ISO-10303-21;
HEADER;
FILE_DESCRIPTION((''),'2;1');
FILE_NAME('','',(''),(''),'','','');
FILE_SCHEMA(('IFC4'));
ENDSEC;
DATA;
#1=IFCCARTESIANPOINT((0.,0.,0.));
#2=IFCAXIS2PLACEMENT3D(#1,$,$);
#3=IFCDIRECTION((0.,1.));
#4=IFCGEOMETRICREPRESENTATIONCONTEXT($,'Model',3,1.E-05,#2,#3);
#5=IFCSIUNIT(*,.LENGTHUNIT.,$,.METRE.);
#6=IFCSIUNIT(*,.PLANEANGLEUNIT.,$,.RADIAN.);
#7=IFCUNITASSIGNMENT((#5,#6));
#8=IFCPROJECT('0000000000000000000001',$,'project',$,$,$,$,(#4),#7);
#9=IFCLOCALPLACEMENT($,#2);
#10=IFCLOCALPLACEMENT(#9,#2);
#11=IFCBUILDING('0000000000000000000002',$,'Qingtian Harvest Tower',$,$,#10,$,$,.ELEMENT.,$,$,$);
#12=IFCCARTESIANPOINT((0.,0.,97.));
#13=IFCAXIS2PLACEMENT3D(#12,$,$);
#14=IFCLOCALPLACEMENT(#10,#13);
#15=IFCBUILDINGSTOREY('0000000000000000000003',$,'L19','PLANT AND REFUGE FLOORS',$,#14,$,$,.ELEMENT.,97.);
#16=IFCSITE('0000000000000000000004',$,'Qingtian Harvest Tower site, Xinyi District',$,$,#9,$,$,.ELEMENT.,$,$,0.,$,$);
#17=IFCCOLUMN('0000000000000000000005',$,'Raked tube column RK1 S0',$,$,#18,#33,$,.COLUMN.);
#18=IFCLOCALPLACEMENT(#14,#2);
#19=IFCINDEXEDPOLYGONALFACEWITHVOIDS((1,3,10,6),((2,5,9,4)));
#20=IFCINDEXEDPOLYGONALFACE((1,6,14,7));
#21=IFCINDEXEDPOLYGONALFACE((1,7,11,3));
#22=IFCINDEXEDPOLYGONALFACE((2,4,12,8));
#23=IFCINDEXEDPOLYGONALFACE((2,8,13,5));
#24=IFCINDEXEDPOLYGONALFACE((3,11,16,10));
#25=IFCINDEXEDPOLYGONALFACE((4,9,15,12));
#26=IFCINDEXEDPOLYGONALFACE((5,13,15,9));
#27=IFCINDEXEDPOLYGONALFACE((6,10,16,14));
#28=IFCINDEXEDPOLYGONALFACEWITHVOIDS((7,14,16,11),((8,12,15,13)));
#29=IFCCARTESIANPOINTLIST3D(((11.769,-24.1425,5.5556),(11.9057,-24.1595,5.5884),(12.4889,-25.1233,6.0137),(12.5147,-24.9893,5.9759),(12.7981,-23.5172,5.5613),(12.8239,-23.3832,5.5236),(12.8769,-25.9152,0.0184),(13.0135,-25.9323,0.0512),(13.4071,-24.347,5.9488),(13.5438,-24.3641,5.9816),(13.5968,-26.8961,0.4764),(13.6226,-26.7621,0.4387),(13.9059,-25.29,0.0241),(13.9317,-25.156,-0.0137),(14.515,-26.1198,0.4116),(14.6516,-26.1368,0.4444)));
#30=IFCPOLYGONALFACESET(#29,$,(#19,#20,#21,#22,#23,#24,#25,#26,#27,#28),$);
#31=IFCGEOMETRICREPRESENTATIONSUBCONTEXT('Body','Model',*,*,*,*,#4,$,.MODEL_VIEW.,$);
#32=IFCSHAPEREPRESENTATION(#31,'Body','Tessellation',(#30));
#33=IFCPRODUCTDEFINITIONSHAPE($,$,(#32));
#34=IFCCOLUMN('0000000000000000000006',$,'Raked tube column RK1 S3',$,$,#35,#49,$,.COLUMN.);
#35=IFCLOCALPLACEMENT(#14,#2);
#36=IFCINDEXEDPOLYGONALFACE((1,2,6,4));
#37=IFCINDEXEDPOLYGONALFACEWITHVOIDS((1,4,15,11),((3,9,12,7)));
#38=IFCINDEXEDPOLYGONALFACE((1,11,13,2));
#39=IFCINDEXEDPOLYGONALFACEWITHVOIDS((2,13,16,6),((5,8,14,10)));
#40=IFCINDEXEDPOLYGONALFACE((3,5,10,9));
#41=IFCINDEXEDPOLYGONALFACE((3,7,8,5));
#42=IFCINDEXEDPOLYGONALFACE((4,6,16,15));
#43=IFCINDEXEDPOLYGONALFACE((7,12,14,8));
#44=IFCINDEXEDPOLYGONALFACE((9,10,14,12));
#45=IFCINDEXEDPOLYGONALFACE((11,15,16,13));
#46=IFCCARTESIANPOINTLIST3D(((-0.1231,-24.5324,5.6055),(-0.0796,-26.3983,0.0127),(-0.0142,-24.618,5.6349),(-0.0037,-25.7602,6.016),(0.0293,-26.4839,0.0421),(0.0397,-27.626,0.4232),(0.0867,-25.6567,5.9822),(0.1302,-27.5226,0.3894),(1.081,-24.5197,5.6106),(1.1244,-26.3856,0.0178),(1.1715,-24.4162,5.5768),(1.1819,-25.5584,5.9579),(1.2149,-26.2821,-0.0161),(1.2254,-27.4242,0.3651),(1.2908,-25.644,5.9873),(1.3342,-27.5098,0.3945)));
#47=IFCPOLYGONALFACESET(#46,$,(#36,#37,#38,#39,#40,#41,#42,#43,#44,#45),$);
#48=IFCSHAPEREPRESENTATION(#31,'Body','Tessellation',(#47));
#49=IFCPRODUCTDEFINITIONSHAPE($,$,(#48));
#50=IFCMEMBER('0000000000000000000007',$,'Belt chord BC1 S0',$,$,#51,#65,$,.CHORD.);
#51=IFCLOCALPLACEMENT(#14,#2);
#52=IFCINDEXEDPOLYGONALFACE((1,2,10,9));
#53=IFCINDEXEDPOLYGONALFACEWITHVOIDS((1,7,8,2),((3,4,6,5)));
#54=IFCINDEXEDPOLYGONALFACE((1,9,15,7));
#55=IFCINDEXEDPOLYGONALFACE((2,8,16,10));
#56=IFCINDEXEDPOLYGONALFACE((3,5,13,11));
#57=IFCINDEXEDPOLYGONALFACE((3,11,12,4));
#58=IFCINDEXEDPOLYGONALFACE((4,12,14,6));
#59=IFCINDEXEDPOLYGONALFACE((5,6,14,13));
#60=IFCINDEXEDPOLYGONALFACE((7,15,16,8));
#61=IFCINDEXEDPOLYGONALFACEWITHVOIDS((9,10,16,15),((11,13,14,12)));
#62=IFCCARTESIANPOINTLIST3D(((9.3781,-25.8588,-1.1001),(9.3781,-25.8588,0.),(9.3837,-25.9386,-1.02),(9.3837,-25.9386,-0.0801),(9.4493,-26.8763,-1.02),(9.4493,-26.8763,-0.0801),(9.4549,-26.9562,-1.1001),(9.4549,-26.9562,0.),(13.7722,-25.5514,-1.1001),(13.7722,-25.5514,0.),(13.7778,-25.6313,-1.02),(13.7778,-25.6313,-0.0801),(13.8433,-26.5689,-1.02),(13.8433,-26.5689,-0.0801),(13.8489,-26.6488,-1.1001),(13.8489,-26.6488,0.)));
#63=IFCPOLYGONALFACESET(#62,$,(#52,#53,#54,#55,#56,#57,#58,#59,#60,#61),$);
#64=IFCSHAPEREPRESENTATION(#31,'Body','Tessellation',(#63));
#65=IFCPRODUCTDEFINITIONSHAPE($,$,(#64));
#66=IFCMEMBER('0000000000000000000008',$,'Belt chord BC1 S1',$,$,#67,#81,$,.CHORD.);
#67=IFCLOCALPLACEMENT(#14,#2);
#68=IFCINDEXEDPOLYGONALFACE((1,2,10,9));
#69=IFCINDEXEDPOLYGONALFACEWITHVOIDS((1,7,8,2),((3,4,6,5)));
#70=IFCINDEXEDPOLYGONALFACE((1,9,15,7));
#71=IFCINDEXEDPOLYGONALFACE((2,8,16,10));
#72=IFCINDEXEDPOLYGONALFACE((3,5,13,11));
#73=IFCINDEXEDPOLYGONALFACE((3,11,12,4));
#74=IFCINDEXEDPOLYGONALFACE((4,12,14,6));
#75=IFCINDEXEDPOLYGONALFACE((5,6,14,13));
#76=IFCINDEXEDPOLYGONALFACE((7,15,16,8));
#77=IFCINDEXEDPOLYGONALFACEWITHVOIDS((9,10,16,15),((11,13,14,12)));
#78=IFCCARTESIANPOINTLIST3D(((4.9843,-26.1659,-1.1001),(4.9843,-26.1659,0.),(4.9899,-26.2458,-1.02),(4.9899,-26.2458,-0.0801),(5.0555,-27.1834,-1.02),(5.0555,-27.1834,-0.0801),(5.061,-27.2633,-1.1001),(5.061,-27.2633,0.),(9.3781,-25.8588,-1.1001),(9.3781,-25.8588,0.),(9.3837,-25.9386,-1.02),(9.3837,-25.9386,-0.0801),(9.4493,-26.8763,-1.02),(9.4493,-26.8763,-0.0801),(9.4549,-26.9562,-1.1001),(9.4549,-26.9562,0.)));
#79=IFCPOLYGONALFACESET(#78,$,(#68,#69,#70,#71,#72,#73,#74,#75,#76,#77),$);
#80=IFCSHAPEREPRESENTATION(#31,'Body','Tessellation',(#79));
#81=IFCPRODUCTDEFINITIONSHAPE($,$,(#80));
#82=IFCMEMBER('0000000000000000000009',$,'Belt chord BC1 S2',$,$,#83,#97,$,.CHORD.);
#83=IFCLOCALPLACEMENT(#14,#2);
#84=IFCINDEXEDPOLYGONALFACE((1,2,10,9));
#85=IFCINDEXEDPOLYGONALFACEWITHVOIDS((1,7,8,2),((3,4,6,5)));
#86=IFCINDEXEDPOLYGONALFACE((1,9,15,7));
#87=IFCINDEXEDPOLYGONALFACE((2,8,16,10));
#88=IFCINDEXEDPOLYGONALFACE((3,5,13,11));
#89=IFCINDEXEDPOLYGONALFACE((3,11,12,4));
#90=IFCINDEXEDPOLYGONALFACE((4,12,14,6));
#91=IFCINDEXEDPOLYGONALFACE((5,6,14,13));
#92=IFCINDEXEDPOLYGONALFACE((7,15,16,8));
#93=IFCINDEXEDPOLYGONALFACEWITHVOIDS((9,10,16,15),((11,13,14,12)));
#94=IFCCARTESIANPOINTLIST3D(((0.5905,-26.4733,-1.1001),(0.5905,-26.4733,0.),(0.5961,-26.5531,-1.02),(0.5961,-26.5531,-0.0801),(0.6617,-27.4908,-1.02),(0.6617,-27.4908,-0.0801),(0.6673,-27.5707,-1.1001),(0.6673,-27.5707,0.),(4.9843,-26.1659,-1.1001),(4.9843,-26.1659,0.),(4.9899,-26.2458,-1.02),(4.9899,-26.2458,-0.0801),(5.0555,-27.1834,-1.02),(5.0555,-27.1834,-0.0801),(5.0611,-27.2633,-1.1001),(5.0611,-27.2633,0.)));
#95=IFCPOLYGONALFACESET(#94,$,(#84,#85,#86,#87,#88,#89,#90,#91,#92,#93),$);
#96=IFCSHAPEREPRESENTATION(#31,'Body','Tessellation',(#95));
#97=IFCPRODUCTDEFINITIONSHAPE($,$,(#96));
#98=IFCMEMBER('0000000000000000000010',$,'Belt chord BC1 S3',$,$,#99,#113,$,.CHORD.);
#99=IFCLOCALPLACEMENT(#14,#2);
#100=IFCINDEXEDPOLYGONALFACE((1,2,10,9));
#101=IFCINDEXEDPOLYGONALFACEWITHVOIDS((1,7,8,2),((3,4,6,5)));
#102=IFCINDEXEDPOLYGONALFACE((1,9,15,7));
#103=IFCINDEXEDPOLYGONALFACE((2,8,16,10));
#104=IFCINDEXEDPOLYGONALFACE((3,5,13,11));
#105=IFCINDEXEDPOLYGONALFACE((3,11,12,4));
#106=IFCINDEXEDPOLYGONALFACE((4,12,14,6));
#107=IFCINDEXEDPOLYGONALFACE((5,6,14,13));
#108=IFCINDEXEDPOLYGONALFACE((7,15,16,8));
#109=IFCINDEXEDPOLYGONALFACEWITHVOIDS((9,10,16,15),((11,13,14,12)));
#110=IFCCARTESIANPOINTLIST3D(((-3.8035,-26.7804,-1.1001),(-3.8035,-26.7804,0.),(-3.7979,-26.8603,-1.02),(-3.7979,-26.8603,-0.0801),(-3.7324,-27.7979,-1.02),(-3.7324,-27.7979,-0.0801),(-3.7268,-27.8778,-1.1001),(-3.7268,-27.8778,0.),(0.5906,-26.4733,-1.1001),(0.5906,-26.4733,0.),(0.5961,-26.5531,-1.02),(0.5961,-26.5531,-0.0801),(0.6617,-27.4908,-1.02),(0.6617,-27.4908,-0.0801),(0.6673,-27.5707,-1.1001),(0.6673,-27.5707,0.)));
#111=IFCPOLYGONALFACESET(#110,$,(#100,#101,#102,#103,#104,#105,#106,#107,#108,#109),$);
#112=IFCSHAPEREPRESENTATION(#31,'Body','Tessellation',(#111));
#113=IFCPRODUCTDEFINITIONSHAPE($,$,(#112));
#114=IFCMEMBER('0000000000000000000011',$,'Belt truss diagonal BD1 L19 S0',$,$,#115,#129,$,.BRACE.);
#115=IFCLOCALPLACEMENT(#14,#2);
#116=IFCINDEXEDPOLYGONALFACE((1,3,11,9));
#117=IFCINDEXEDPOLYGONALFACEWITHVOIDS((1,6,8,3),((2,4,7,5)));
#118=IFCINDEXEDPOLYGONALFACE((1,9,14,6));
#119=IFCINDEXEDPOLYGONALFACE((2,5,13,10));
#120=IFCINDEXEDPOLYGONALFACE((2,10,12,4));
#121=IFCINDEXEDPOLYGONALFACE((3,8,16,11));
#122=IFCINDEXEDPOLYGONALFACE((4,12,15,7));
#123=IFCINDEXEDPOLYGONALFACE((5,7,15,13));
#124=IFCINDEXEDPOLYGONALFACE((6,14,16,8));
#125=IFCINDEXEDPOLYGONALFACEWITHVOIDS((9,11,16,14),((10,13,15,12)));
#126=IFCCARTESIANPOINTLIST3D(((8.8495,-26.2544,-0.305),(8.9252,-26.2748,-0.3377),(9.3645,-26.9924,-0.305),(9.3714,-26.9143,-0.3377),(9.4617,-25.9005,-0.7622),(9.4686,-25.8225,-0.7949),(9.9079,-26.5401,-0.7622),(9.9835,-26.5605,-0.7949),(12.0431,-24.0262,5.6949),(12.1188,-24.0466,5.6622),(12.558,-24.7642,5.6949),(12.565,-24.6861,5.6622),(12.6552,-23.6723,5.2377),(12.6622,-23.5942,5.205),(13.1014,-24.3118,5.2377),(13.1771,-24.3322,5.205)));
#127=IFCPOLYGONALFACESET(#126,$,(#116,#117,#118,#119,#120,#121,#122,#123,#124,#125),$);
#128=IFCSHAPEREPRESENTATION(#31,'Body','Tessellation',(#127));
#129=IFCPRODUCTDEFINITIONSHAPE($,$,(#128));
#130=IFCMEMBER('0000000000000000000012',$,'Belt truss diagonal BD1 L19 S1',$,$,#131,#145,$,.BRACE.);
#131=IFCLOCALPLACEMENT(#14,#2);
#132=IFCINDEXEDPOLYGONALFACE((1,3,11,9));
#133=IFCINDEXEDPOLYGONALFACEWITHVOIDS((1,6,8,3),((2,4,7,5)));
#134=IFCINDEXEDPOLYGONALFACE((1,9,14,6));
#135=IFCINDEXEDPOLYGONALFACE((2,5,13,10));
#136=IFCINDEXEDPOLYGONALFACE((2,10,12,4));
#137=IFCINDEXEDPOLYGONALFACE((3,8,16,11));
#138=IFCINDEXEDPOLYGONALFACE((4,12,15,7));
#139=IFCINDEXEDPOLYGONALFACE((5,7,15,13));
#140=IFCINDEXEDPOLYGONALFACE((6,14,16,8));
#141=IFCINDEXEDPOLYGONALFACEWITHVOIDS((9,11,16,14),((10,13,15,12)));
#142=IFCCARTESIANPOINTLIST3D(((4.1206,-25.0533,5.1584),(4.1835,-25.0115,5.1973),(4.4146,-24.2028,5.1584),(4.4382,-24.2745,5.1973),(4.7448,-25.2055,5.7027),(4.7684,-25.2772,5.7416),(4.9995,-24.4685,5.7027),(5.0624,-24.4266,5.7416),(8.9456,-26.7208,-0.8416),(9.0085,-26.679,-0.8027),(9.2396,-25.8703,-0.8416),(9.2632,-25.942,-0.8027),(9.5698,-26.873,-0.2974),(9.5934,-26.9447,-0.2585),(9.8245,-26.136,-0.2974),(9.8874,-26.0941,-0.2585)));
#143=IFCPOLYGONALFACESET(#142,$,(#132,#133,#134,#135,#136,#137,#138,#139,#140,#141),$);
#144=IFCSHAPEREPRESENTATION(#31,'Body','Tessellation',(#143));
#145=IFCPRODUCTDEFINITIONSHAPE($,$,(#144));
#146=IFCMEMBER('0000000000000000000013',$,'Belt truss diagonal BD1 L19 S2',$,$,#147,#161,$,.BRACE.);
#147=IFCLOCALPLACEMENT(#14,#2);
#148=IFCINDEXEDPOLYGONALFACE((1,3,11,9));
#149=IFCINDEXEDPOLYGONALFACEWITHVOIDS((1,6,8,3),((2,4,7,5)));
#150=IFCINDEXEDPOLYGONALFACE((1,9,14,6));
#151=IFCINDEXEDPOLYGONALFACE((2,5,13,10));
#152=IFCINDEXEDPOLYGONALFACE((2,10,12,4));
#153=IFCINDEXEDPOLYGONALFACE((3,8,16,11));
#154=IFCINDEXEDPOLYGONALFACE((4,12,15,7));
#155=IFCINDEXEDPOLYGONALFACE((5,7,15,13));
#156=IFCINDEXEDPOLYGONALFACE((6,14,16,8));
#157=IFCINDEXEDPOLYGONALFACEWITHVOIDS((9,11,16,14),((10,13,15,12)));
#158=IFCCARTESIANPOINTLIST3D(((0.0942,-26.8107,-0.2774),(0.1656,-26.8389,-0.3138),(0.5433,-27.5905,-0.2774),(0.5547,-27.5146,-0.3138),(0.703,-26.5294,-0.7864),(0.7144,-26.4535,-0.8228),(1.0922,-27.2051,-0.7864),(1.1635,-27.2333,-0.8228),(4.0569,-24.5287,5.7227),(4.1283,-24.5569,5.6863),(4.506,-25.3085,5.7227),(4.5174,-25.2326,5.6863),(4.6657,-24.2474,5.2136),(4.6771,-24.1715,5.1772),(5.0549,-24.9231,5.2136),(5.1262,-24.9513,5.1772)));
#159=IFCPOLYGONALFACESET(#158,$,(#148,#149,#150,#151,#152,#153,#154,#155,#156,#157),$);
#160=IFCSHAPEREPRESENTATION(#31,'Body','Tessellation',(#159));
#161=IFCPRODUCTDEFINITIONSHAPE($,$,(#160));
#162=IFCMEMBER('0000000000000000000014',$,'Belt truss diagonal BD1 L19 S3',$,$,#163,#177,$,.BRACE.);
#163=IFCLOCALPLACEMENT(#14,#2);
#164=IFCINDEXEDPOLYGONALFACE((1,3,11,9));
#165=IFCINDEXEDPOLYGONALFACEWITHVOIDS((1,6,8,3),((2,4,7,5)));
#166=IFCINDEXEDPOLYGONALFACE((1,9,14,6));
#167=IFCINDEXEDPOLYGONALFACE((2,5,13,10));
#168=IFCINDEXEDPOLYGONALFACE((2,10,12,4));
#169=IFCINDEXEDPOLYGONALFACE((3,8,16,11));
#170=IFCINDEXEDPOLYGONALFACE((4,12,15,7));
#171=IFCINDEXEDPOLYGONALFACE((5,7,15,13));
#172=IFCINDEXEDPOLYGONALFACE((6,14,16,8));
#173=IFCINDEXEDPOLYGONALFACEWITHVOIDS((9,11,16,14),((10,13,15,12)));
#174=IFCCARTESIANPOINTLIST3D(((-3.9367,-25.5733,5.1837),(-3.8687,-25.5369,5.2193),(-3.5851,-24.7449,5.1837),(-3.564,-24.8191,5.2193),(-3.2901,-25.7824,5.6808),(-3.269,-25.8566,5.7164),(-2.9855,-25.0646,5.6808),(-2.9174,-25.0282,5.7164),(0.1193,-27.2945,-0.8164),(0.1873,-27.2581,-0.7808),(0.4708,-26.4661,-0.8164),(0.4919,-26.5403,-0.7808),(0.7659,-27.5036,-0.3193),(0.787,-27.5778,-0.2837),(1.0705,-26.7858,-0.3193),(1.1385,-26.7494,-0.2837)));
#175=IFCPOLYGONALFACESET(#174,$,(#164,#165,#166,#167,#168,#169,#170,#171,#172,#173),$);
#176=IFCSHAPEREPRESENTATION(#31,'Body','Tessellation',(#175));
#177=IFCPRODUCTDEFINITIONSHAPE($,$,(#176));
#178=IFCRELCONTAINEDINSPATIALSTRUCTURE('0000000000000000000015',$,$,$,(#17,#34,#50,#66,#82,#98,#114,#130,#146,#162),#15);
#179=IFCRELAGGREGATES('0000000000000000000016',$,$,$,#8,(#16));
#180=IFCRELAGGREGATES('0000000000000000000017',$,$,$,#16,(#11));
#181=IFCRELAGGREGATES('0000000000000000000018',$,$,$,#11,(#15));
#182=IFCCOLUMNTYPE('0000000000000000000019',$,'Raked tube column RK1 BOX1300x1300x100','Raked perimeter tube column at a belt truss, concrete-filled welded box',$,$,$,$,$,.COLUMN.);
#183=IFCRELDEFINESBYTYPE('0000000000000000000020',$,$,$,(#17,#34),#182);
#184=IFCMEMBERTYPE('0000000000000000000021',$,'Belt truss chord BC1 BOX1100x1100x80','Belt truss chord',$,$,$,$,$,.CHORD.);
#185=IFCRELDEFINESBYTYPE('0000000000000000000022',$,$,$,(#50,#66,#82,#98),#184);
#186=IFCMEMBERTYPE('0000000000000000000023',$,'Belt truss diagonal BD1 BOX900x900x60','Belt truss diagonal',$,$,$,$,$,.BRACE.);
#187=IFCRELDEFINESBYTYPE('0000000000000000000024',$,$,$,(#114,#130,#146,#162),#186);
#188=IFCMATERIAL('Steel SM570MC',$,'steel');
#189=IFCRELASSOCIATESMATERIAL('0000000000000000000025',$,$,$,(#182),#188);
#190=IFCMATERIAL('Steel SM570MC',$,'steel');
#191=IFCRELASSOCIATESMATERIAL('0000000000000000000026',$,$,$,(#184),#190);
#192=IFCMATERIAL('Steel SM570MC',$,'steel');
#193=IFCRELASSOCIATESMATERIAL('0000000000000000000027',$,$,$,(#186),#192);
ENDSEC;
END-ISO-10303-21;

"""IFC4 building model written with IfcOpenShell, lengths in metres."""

from ifc_helpers import new_model, si_unit, direction, frame, origin, origin_2d, place, context, subcontext, project, spatial, hollow_rectangle, extrude, clip, halfspace, material, material_profile, profile_set, type_object, element, save


model = new_model("IFC4")

# Units and contexts
model_context = context("Model", 3, precision=1e-05, world=origin(), true_north=direction((0.0, 1.0)))
body_context = subcontext(model_context, "Body", "Model", "MODEL_VIEW")
ifc_project = project(units=[si_unit("LENGTHUNIT", "METRE"), si_unit("PLANEANGLEUNIT", "RADIAN")], contexts=[model_context])

# Site, building, storey
site_placement = place(None, origin())
site = spatial("IfcSite", under=ifc_project, at=site_placement, Name="Qingtian Harvest Tower site, Xinyi District", CompositionType="ELEMENT", RefElevation=0.0)
building_placement = place(site_placement, origin())
building = spatial("IfcBuilding", under=site, at=building_placement, Name="Qingtian Harvest Tower", CompositionType="ELEMENT")
storey_placement = place(building_placement, frame((0.0, 0.0, 97.0)))
storey = spatial("IfcBuildingStorey", under=building, at=storey_placement, Name="L19", Description="PLANT AND REFUGE FLOORS", CompositionType="ELEMENT", Elevation=97.0)

# Columns
ifc_material_1 = material(Name="Steel SM570MC", Category="steel")
ifc_material_profile_1 = material_profile(ifc_material_1, hollow_rectangle(XDim=1.3, YDim=1.3, WallThickness=0.1001, at=origin_2d()), Name="BOX1300x1300x100")
ifc_profile_set_1 = profile_set([ifc_material_profile_1], Name="Steel SM570MC")
column_type = type_object("IfcColumnType", Name="Raked tube column RK1 BOX1300x1300x100", Description="Raked perimeter tube column at a belt truss, concrete-filled welded box", PredefinedType="COLUMN", material=ifc_profile_set_1)
column_1_placement = place(storey_placement, frame((13.8105, -26.1001, 0.0), z_axis=(-0.187179, 0.299516, 0.93555), x_axis=(-0.811371, -0.584012, 0.024638)))
element("IfcColumn", 1, at=column_1_placement, inside=storey, type_object=column_type, Name="Raked tube column RK1 S0", PredefinedType="COLUMN", context=body_context, shape_type="Clipping", body=[
    clip(clip(extrude(hollow_rectangle(XDim=1.3, YDim=1.3, WallThickness=0.1001, at=origin_2d()), origin(), (0.0, 0.0, 1.0), 6.4133), halfspace(frame((0.0, 0.0, 0.2473), z_axis=(0.0, 0.0, -1.0), x_axis=(0.0, -1.0, 0.0)), False)), halfspace(frame((0.0, 0.0, 6.166), z_axis=(0.0, 0.0, 1.0), x_axis=(0.0, 1.0, 0.0)), False)),
])
column_2_placement = place(storey_placement, frame((0.6289, -27.022, 0.0), z_axis=(-0.007372, 0.316462, 0.948576), x_axis=(-0.995752, -0.089384, 0.022081)))
element("IfcColumn", 2, at=column_2_placement, inside=storey, type_object=column_type, Name="Raked tube column RK1 S3", PredefinedType="COLUMN", context=body_context, shape_type="Clipping", body=[
    clip(clip(extrude(hollow_rectangle(XDim=1.3, YDim=1.3, WallThickness=0.1001, at=origin_2d()), origin(), (0.0, 0.0, 1.0), 6.3252), halfspace(frame((0.0, 0.0, 0.2146), z_axis=(0.0, 0.0, -1.0), x_axis=(0.0, -1.0, 0.0)), False)), halfspace(frame((0.0, 0.0, 6.1106), z_axis=(0.0, 0.0, 1.0), x_axis=(0.0, 1.0, 0.0)), False)),
])

# Members
ifc_material_2 = material(Name="Steel SM570MC", Category="steel")
ifc_material_profile_2 = material_profile(ifc_material_2, hollow_rectangle(XDim=1.1001, YDim=1.1001, WallThickness=0.0801, at=origin_2d()), Name="BOX1100x1100x80")
ifc_profile_set_2 = profile_set([ifc_material_profile_2], Name="Steel SM570MC")
member_type_1 = type_object("IfcMemberType", Name="Belt truss chord BC1 BOX1100x1100x80", Description="Belt truss chord", PredefinedType="CHORD", material=ifc_profile_set_2)
member_1_placement = place(storey_placement, frame((13.8105, -26.1001, -0.55), z_axis=(-0.997562, -0.069782, 0.0), x_axis=(0.069782, -0.997562, 0.0)))
element("IfcMember", 3, at=member_1_placement, inside=storey, type_object=member_type_1, Name="Belt chord BC1 S0", PredefinedType="CHORD", context=body_context, shape_type="SweptSolid", body=[
    extrude(hollow_rectangle(XDim=1.1001, YDim=1.1001, WallThickness=0.0801, at=origin_2d()), origin(), (0.0, 0.0, 1.0), 4.4048),
])
for number, where, z_axis, x_axis, name in (
    (4, (9.4165, -26.4075, -0.55), (-0.997566, -0.06973, 0.0), (0.06973, -0.997566, 0.0), "Belt chord BC1 S1"),
    (5, (5.0227, -26.7146, -0.55), (-0.997562, -0.069786, 0.0), (0.069786, -0.997562, 0.0), "Belt chord BC1 S2"),
):
    element("IfcMember", number, at=place(storey_placement, frame(where, z_axis=z_axis, x_axis=x_axis)), inside=storey, type_object=member_type_1, Name=name, PredefinedType="CHORD", context=body_context, shape_type="SweptSolid", body=[
        extrude(hollow_rectangle(XDim=1.1001, YDim=1.1001, WallThickness=0.0801, at=origin_2d()), origin(), (0.0, 0.0, 1.0), 4.4045),
    ])
member_2_placement = place(storey_placement, frame((0.6289, -27.022, -0.55), z_axis=(-0.997566, -0.069727, 0.0), x_axis=(0.069727, -0.997566, 0.0)))
element("IfcMember", 6, at=member_2_placement, inside=storey, type_object=member_type_1, Name="Belt chord BC1 S3", PredefinedType="CHORD", context=body_context, shape_type="SweptSolid", body=[
    extrude(hollow_rectangle(XDim=1.1001, YDim=1.1001, WallThickness=0.0801, at=origin_2d()), origin(), (0.0, 0.0, 1.0), 4.4048),
])
ifc_material_3 = material(Name="Steel SM570MC", Category="steel")
ifc_material_profile_3 = material_profile(ifc_material_3, hollow_rectangle(XDim=0.8999, YDim=0.8999, WallThickness=0.0601, at=origin_2d()), Name="BOX900x900x60")
ifc_profile_set_3 = profile_set([ifc_material_profile_3], Name="Steel SM570MC")
member_type_2 = type_object("IfcMemberType", Name="Belt truss diagonal BD1 BOX900x900x60", Description="Belt truss diagonal", PredefinedType="BRACE", material=ifc_profile_set_3)
member_3_placement = place(storey_placement, frame((12.6101, -24.1792, 5.45), z_axis=(-0.446475, -0.311519, -0.838818), x_axis=(0.572212, -0.820106, 0.0)))
element("IfcMember", 7, at=member_3_placement, inside=storey, type_object=member_type_2, Name="Belt truss diagonal BD1 L19 S0", PredefinedType="BRACE", context=body_context, shape_type="SweptSolid", body=[
    extrude(hollow_rectangle(XDim=0.8999, YDim=0.8999, WallThickness=0.0601, at=origin_2d()), origin(), (0.0, 0.0, 1.0), 7.1528),
])
member_4_placement = place(storey_placement, frame((9.4165, -26.4075, -0.55), z_axis=(-0.61247, 0.211667, 0.761628), x_axis=(-0.326639, -0.945149, 0.0)))
element("IfcMember", 8, at=member_4_placement, inside=storey, type_object=member_type_2, Name="Belt truss diagonal BD1 L19 S1", PredefinedType="BRACE", context=body_context, shape_type="SweptSolid", body=[
    extrude(hollow_rectangle(XDim=0.8999, YDim=0.8999, WallThickness=0.0601, at=origin_2d()), origin(), (0.0, 0.0, 1.0), 7.8779),
])
member_5_placement = place(storey_placement, frame((4.5916, -24.74, 5.45), z_axis=(-0.52528, -0.302495, -0.795347), x_axis=(0.49904, -0.866579, 0.0)))
element("IfcMember", 9, at=member_5_placement, inside=storey, type_object=member_type_2, Name="Belt truss diagonal BD1 L19 S2", PredefinedType="BRACE", context=body_context, shape_type="SweptSolid", body=[
    extrude(hollow_rectangle(XDim=0.8999, YDim=0.8999, WallThickness=0.0601, at=origin_2d()), origin(), (0.0, 0.0, 1.0), 7.5439),
])
member_6_placement = place(storey_placement, frame((0.6289, -27.022, -0.55), z_axis=(-0.544857, 0.231219, 0.80602), x_axis=(-0.390647, -0.920541, 0.0)))
element("IfcMember", 10, at=member_6_placement, inside=storey, type_object=member_type_2, Name="Belt truss diagonal BD1 L19 S3", PredefinedType="BRACE", context=body_context, shape_type="SweptSolid", body=[
    extrude(hollow_rectangle(XDim=0.8999, YDim=0.8999, WallThickness=0.0601, at=origin_2d()), origin(), (0.0, 0.0, 1.0), 7.4441),
])

save(model, "model.ifc")
